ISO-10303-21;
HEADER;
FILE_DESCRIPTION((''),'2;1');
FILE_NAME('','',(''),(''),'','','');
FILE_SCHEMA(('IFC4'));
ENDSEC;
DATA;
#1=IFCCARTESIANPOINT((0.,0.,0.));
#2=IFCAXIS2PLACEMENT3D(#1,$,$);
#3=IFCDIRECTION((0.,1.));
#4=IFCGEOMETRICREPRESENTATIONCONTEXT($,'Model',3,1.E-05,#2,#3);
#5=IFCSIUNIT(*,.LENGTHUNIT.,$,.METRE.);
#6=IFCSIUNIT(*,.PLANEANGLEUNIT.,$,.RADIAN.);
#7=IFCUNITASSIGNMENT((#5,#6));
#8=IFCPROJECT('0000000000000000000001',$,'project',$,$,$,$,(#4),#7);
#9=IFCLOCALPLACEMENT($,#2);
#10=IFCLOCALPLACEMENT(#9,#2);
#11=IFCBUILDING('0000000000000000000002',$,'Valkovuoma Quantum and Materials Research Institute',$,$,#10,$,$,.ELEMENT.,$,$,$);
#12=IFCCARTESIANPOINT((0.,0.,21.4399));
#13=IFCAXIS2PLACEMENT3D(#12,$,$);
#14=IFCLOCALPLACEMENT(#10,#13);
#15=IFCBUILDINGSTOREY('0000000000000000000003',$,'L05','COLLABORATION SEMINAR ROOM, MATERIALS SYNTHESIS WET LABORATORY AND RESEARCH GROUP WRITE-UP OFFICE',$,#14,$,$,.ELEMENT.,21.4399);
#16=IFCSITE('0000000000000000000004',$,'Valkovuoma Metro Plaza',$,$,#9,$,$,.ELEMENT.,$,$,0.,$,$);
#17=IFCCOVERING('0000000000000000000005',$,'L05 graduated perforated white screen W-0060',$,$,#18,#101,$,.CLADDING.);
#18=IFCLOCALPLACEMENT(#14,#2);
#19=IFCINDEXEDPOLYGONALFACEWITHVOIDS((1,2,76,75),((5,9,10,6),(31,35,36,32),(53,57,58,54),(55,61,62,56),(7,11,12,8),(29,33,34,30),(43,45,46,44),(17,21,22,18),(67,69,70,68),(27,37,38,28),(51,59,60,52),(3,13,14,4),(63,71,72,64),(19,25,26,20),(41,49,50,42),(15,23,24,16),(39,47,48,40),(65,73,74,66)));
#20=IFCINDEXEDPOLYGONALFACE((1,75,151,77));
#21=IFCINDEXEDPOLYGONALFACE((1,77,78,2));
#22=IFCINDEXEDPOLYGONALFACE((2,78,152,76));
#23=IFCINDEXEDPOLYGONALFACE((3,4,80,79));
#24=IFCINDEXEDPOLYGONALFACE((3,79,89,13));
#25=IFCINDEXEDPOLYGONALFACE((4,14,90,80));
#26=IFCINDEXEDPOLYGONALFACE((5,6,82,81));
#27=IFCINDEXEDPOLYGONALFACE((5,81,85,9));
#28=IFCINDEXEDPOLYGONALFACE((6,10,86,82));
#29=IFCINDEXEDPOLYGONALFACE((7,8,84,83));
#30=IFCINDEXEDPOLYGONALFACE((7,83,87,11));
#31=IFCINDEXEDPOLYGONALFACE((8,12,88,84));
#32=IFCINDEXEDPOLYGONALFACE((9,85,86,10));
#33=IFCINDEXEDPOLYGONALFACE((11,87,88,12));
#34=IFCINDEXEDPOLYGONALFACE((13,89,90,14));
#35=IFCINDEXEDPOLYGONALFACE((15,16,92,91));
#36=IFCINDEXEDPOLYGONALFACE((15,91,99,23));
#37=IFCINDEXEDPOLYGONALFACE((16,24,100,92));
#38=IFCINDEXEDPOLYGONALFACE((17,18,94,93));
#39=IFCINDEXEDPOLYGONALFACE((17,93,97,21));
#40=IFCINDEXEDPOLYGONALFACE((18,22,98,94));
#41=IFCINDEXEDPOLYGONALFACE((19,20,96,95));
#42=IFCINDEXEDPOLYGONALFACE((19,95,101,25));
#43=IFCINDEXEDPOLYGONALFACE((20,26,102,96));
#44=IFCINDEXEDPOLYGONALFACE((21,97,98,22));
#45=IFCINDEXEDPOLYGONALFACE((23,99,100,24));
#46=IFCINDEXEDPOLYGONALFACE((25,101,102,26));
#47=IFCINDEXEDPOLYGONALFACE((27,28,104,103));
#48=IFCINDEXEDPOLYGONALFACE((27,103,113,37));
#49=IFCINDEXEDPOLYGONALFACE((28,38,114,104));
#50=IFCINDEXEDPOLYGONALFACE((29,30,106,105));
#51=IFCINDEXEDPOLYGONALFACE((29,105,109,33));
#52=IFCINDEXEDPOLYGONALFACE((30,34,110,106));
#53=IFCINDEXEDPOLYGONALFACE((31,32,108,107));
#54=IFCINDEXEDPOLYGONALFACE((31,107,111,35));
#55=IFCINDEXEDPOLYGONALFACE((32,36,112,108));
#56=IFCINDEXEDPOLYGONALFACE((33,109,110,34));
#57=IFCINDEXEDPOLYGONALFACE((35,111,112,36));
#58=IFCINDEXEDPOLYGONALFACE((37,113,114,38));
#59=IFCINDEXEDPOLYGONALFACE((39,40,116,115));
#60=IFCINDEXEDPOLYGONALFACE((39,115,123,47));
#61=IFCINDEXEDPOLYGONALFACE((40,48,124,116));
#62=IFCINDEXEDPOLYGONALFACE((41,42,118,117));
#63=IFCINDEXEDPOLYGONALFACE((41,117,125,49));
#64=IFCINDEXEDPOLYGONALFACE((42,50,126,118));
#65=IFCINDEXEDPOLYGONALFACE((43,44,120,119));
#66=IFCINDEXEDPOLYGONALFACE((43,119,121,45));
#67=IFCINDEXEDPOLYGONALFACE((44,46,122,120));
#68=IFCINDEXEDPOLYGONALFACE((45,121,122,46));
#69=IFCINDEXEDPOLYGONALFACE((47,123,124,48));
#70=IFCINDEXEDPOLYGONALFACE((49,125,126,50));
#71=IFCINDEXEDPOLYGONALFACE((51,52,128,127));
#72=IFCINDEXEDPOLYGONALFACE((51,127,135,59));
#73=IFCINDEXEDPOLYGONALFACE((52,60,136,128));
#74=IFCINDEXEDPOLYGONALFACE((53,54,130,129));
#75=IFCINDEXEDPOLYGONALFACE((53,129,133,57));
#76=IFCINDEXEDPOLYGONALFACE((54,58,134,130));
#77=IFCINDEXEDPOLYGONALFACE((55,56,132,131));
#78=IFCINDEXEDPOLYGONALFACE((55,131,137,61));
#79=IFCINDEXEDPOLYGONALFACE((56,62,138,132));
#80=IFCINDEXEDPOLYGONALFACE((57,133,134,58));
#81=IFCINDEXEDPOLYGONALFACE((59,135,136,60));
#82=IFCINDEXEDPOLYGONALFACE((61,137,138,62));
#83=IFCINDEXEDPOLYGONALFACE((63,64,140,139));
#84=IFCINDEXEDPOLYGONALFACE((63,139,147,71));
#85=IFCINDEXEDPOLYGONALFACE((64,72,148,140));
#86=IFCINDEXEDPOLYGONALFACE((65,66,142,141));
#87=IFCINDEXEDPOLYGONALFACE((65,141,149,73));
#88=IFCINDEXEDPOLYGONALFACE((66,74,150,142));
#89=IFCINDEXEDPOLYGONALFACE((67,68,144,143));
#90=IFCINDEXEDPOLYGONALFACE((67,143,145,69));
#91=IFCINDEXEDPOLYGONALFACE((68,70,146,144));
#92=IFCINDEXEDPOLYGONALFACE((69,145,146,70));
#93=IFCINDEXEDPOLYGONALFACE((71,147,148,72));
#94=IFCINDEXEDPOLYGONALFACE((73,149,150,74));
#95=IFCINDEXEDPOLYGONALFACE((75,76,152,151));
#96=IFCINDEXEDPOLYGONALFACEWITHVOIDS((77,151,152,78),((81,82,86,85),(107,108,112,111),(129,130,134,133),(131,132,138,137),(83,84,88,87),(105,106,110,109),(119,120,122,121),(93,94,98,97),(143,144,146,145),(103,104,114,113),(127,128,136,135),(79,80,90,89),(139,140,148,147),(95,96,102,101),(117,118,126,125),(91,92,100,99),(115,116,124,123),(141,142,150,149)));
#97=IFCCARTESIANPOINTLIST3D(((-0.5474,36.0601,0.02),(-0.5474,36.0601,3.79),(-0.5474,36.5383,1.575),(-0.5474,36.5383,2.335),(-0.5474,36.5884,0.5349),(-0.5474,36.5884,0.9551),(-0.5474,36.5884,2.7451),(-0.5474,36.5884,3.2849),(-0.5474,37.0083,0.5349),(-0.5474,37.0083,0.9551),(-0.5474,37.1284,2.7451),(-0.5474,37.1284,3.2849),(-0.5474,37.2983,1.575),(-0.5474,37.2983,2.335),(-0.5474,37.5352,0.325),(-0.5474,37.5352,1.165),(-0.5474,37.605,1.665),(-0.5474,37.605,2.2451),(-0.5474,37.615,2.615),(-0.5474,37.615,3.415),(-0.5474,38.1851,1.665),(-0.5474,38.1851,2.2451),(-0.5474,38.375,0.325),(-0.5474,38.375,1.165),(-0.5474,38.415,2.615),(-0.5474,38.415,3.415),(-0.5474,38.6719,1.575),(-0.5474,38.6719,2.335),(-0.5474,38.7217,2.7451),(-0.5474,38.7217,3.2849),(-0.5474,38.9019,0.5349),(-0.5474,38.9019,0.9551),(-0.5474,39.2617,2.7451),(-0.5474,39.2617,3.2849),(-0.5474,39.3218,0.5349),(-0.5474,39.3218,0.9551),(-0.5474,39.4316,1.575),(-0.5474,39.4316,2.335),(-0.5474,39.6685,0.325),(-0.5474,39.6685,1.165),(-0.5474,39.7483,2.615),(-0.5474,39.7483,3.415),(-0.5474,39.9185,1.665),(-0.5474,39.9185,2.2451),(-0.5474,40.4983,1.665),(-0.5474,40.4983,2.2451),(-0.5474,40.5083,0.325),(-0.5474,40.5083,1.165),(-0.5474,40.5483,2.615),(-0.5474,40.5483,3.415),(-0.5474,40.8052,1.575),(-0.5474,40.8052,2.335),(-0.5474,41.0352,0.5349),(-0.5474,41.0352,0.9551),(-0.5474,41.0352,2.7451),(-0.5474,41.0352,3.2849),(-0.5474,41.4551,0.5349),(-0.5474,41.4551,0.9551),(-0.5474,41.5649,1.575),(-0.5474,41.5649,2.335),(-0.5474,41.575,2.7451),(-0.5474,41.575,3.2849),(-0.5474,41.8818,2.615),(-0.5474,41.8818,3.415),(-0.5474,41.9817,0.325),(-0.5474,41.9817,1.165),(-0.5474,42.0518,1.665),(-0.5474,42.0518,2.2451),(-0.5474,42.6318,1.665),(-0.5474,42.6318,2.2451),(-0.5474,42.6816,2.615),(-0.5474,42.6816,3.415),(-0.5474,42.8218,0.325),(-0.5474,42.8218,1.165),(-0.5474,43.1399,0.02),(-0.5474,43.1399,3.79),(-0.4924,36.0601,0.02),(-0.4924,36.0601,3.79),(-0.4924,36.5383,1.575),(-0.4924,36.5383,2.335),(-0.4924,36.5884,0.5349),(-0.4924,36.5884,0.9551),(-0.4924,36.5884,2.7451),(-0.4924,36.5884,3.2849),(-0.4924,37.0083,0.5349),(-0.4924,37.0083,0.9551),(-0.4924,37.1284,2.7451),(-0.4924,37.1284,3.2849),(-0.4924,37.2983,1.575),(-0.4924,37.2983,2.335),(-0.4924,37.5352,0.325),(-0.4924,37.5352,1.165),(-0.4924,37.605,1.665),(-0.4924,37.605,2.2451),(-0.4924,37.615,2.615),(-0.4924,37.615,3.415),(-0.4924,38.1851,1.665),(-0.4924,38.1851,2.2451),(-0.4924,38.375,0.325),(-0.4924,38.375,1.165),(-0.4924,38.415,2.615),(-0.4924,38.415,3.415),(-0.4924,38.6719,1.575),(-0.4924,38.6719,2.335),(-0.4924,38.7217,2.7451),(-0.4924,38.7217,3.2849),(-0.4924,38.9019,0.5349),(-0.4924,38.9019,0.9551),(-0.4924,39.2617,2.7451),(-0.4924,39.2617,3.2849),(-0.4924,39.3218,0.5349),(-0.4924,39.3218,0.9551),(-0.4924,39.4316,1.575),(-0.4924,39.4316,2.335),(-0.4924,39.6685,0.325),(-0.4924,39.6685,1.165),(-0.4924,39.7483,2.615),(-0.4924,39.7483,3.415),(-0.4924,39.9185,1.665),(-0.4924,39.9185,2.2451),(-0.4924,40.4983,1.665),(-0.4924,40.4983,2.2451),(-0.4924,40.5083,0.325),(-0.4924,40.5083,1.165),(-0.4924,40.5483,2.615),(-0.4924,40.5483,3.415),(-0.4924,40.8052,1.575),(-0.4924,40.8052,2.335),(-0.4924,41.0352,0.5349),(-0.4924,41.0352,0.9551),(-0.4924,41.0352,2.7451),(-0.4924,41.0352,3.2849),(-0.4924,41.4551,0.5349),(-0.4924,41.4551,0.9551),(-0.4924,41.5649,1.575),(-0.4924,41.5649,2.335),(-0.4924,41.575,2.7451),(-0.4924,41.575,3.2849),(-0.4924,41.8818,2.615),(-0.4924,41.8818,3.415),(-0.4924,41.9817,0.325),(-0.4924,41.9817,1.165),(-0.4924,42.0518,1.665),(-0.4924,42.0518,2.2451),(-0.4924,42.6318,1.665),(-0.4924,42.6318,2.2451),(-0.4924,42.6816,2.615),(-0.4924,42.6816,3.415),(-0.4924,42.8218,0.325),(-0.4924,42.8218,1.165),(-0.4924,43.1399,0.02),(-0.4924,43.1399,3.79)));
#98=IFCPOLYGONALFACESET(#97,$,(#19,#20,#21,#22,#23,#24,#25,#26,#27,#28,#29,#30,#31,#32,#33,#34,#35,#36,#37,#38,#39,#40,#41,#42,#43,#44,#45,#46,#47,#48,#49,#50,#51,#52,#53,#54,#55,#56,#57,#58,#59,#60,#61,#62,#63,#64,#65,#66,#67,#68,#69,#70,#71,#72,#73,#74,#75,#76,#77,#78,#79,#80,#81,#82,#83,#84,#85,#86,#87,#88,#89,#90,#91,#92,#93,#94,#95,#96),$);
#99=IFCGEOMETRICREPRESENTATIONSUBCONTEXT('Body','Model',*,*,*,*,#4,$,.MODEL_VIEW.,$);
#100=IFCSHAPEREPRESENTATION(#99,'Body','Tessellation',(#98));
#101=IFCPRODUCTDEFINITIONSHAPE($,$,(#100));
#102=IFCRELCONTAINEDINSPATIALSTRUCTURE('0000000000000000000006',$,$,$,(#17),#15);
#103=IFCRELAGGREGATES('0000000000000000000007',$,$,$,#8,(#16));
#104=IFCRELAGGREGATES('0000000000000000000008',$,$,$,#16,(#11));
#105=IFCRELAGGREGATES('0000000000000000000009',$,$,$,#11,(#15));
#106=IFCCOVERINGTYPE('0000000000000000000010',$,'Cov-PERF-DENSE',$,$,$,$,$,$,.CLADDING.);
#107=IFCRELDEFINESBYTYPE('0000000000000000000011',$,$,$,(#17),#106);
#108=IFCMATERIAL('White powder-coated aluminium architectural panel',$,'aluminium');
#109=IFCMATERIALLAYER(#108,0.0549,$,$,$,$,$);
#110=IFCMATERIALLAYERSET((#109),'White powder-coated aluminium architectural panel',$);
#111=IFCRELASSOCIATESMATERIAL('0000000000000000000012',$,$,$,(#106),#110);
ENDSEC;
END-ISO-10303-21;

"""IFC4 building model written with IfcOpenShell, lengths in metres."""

from ifc_helpers import new_model, si_unit, direction, frame, origin, place, context, subcontext, project, spatial, polyline, outline, extrude, material, layer, layer_set, type_object, element, save


model = new_model("IFC4")

# Units and contexts
model_context = context("Model", 3, precision=1e-05, world=origin(), true_north=direction((0.0, 1.0)))
body_context = subcontext(model_context, "Body", "Model", "MODEL_VIEW")
ifc_project = project(units=[si_unit("LENGTHUNIT", "METRE"), si_unit("PLANEANGLEUNIT", "RADIAN")], contexts=[model_context])

# Site, building, storey
site_placement = place(None, origin())
site = spatial("IfcSite", under=ifc_project, at=site_placement, Name="Valkovuoma Metro Plaza", CompositionType="ELEMENT", RefElevation=0.0)
building_placement = place(site_placement, origin())
building = spatial("IfcBuilding", under=site, at=building_placement, Name="Valkovuoma Quantum and Materials Research Institute", CompositionType="ELEMENT")
storey_placement = place(building_placement, frame((0.0, 0.0, 21.4399)))
storey = spatial("IfcBuildingStorey", under=building, at=storey_placement, Name="L05", Description="COLLABORATION SEMINAR ROOM, MATERIALS SYNTHESIS WET LABORATORY AND RESEARCH GROUP WRITE-UP OFFICE", CompositionType="ELEMENT", Elevation=21.4399)

# Covering
ifc_material_1 = material(Name="White powder-coated aluminium architectural panel", Category="aluminium")
ifc_layer_1 = layer(ifc_material_1, 0.0549)
ifc_layer_set_1 = layer_set([ifc_layer_1], Name="White powder-coated aluminium architectural panel")
covering_type = type_object("IfcCoveringType", Name="Cov-PERF-DENSE", PredefinedType="CLADDING", material=ifc_layer_set_1)
covering_placement = place(storey_placement, frame((-0.52, 36.0601, 0.02), z_axis=(0.0, 0.0, 1.0), x_axis=(0.0, 1.0, 0.0)))
element("IfcCovering", 1, at=covering_placement, inside=storey, type_object=covering_type, Name="L05 graduated perforated white screen W-0060", PredefinedType="CLADDING", context=body_context, shape_type="SweptSolid", body=[
    extrude(outline(polyline([(0.0, 0.0), (7.0798, 0.0), (7.0798, 3.77), (0.0, 3.77), (0.0, 0.0)]), holes=[polyline([(0.5283, 0.5149), (0.5283, 0.9351), (0.9482, 0.9351), (0.9482, 0.5149), (0.5283, 0.5149)]), polyline([(0.4783, 1.5549), (0.4783, 2.3149), (1.2383, 2.3149), (1.2383, 1.5549), (0.4783, 1.5549)]), polyline([(0.5283, 2.7251), (0.5283, 3.2649), (1.0684, 3.2649), (1.0684, 2.7251), (0.5283, 2.7251)]), polyline([(1.4751, 0.3049), (1.4751, 1.145), (2.3149, 1.145), (2.3149, 0.3049), (1.4751, 0.3049)]), polyline([(1.5449, 1.645), (1.5449, 2.2251), (2.125, 2.2251), (2.125, 1.645), (1.5449, 1.645)]), polyline([(1.5549, 2.595), (1.5549, 3.395), (2.355, 3.395), (2.355, 2.595), (1.5549, 2.595)]), polyline([(2.8418, 0.5149), (2.8418, 0.9351), (3.2617, 0.9351), (3.2617, 0.5149), (2.8418, 0.5149)]), polyline([(2.6118, 1.5549), (2.6118, 2.3149), (3.3716, 2.3149), (3.3716, 1.5549), (2.6118, 1.5549)]), polyline([(2.6616, 2.7251), (2.6616, 3.2649), (3.2017, 3.2649), (3.2017, 2.7251), (2.6616, 2.7251)]), polyline([(3.6084, 0.3049), (3.6084, 1.145), (4.4482, 1.145), (4.4482, 0.3049), (3.6084, 0.3049)]), polyline([(3.8584, 1.645), (3.8584, 2.2251), (4.4382, 2.2251), (4.4382, 1.645), (3.8584, 1.645)]), polyline([(3.6882, 2.595), (3.6882, 3.395), (4.4883, 3.395), (4.4883, 2.595), (3.6882, 2.595)]), polyline([(4.9751, 0.5149), (4.9751, 0.9351), (5.395, 0.9351), (5.395, 0.5149), (4.9751, 0.5149)]), polyline([(4.7451, 1.5549), (4.7451, 2.3149), (5.5049, 2.3149), (5.5049, 1.5549), (4.7451, 1.5549)]), polyline([(4.9751, 2.7251), (4.9751, 3.2649), (5.5149, 3.2649), (5.5149, 2.7251), (4.9751, 2.7251)]), polyline([(5.9216, 0.3049), (5.9216, 1.145), (6.7617, 1.145), (6.7617, 0.3049), (5.9216, 0.3049)]), polyline([(5.9917, 1.645), (5.9917, 2.2251), (6.5718, 2.2251), (6.5718, 1.645), (5.9917, 1.645)]), polyline([(5.8218, 2.595), (5.8218, 3.395), (6.6216, 3.395), (6.6216, 2.595), (5.8218, 2.595)])]), frame((0.0, 0.0273, 0.0), z_axis=(0.0, -1.0, 0.0), x_axis=(1.0, 0.0, 0.0)), (0.0, 0.0, 1.0), 0.0549),
])

save(model, "model.ifc")
